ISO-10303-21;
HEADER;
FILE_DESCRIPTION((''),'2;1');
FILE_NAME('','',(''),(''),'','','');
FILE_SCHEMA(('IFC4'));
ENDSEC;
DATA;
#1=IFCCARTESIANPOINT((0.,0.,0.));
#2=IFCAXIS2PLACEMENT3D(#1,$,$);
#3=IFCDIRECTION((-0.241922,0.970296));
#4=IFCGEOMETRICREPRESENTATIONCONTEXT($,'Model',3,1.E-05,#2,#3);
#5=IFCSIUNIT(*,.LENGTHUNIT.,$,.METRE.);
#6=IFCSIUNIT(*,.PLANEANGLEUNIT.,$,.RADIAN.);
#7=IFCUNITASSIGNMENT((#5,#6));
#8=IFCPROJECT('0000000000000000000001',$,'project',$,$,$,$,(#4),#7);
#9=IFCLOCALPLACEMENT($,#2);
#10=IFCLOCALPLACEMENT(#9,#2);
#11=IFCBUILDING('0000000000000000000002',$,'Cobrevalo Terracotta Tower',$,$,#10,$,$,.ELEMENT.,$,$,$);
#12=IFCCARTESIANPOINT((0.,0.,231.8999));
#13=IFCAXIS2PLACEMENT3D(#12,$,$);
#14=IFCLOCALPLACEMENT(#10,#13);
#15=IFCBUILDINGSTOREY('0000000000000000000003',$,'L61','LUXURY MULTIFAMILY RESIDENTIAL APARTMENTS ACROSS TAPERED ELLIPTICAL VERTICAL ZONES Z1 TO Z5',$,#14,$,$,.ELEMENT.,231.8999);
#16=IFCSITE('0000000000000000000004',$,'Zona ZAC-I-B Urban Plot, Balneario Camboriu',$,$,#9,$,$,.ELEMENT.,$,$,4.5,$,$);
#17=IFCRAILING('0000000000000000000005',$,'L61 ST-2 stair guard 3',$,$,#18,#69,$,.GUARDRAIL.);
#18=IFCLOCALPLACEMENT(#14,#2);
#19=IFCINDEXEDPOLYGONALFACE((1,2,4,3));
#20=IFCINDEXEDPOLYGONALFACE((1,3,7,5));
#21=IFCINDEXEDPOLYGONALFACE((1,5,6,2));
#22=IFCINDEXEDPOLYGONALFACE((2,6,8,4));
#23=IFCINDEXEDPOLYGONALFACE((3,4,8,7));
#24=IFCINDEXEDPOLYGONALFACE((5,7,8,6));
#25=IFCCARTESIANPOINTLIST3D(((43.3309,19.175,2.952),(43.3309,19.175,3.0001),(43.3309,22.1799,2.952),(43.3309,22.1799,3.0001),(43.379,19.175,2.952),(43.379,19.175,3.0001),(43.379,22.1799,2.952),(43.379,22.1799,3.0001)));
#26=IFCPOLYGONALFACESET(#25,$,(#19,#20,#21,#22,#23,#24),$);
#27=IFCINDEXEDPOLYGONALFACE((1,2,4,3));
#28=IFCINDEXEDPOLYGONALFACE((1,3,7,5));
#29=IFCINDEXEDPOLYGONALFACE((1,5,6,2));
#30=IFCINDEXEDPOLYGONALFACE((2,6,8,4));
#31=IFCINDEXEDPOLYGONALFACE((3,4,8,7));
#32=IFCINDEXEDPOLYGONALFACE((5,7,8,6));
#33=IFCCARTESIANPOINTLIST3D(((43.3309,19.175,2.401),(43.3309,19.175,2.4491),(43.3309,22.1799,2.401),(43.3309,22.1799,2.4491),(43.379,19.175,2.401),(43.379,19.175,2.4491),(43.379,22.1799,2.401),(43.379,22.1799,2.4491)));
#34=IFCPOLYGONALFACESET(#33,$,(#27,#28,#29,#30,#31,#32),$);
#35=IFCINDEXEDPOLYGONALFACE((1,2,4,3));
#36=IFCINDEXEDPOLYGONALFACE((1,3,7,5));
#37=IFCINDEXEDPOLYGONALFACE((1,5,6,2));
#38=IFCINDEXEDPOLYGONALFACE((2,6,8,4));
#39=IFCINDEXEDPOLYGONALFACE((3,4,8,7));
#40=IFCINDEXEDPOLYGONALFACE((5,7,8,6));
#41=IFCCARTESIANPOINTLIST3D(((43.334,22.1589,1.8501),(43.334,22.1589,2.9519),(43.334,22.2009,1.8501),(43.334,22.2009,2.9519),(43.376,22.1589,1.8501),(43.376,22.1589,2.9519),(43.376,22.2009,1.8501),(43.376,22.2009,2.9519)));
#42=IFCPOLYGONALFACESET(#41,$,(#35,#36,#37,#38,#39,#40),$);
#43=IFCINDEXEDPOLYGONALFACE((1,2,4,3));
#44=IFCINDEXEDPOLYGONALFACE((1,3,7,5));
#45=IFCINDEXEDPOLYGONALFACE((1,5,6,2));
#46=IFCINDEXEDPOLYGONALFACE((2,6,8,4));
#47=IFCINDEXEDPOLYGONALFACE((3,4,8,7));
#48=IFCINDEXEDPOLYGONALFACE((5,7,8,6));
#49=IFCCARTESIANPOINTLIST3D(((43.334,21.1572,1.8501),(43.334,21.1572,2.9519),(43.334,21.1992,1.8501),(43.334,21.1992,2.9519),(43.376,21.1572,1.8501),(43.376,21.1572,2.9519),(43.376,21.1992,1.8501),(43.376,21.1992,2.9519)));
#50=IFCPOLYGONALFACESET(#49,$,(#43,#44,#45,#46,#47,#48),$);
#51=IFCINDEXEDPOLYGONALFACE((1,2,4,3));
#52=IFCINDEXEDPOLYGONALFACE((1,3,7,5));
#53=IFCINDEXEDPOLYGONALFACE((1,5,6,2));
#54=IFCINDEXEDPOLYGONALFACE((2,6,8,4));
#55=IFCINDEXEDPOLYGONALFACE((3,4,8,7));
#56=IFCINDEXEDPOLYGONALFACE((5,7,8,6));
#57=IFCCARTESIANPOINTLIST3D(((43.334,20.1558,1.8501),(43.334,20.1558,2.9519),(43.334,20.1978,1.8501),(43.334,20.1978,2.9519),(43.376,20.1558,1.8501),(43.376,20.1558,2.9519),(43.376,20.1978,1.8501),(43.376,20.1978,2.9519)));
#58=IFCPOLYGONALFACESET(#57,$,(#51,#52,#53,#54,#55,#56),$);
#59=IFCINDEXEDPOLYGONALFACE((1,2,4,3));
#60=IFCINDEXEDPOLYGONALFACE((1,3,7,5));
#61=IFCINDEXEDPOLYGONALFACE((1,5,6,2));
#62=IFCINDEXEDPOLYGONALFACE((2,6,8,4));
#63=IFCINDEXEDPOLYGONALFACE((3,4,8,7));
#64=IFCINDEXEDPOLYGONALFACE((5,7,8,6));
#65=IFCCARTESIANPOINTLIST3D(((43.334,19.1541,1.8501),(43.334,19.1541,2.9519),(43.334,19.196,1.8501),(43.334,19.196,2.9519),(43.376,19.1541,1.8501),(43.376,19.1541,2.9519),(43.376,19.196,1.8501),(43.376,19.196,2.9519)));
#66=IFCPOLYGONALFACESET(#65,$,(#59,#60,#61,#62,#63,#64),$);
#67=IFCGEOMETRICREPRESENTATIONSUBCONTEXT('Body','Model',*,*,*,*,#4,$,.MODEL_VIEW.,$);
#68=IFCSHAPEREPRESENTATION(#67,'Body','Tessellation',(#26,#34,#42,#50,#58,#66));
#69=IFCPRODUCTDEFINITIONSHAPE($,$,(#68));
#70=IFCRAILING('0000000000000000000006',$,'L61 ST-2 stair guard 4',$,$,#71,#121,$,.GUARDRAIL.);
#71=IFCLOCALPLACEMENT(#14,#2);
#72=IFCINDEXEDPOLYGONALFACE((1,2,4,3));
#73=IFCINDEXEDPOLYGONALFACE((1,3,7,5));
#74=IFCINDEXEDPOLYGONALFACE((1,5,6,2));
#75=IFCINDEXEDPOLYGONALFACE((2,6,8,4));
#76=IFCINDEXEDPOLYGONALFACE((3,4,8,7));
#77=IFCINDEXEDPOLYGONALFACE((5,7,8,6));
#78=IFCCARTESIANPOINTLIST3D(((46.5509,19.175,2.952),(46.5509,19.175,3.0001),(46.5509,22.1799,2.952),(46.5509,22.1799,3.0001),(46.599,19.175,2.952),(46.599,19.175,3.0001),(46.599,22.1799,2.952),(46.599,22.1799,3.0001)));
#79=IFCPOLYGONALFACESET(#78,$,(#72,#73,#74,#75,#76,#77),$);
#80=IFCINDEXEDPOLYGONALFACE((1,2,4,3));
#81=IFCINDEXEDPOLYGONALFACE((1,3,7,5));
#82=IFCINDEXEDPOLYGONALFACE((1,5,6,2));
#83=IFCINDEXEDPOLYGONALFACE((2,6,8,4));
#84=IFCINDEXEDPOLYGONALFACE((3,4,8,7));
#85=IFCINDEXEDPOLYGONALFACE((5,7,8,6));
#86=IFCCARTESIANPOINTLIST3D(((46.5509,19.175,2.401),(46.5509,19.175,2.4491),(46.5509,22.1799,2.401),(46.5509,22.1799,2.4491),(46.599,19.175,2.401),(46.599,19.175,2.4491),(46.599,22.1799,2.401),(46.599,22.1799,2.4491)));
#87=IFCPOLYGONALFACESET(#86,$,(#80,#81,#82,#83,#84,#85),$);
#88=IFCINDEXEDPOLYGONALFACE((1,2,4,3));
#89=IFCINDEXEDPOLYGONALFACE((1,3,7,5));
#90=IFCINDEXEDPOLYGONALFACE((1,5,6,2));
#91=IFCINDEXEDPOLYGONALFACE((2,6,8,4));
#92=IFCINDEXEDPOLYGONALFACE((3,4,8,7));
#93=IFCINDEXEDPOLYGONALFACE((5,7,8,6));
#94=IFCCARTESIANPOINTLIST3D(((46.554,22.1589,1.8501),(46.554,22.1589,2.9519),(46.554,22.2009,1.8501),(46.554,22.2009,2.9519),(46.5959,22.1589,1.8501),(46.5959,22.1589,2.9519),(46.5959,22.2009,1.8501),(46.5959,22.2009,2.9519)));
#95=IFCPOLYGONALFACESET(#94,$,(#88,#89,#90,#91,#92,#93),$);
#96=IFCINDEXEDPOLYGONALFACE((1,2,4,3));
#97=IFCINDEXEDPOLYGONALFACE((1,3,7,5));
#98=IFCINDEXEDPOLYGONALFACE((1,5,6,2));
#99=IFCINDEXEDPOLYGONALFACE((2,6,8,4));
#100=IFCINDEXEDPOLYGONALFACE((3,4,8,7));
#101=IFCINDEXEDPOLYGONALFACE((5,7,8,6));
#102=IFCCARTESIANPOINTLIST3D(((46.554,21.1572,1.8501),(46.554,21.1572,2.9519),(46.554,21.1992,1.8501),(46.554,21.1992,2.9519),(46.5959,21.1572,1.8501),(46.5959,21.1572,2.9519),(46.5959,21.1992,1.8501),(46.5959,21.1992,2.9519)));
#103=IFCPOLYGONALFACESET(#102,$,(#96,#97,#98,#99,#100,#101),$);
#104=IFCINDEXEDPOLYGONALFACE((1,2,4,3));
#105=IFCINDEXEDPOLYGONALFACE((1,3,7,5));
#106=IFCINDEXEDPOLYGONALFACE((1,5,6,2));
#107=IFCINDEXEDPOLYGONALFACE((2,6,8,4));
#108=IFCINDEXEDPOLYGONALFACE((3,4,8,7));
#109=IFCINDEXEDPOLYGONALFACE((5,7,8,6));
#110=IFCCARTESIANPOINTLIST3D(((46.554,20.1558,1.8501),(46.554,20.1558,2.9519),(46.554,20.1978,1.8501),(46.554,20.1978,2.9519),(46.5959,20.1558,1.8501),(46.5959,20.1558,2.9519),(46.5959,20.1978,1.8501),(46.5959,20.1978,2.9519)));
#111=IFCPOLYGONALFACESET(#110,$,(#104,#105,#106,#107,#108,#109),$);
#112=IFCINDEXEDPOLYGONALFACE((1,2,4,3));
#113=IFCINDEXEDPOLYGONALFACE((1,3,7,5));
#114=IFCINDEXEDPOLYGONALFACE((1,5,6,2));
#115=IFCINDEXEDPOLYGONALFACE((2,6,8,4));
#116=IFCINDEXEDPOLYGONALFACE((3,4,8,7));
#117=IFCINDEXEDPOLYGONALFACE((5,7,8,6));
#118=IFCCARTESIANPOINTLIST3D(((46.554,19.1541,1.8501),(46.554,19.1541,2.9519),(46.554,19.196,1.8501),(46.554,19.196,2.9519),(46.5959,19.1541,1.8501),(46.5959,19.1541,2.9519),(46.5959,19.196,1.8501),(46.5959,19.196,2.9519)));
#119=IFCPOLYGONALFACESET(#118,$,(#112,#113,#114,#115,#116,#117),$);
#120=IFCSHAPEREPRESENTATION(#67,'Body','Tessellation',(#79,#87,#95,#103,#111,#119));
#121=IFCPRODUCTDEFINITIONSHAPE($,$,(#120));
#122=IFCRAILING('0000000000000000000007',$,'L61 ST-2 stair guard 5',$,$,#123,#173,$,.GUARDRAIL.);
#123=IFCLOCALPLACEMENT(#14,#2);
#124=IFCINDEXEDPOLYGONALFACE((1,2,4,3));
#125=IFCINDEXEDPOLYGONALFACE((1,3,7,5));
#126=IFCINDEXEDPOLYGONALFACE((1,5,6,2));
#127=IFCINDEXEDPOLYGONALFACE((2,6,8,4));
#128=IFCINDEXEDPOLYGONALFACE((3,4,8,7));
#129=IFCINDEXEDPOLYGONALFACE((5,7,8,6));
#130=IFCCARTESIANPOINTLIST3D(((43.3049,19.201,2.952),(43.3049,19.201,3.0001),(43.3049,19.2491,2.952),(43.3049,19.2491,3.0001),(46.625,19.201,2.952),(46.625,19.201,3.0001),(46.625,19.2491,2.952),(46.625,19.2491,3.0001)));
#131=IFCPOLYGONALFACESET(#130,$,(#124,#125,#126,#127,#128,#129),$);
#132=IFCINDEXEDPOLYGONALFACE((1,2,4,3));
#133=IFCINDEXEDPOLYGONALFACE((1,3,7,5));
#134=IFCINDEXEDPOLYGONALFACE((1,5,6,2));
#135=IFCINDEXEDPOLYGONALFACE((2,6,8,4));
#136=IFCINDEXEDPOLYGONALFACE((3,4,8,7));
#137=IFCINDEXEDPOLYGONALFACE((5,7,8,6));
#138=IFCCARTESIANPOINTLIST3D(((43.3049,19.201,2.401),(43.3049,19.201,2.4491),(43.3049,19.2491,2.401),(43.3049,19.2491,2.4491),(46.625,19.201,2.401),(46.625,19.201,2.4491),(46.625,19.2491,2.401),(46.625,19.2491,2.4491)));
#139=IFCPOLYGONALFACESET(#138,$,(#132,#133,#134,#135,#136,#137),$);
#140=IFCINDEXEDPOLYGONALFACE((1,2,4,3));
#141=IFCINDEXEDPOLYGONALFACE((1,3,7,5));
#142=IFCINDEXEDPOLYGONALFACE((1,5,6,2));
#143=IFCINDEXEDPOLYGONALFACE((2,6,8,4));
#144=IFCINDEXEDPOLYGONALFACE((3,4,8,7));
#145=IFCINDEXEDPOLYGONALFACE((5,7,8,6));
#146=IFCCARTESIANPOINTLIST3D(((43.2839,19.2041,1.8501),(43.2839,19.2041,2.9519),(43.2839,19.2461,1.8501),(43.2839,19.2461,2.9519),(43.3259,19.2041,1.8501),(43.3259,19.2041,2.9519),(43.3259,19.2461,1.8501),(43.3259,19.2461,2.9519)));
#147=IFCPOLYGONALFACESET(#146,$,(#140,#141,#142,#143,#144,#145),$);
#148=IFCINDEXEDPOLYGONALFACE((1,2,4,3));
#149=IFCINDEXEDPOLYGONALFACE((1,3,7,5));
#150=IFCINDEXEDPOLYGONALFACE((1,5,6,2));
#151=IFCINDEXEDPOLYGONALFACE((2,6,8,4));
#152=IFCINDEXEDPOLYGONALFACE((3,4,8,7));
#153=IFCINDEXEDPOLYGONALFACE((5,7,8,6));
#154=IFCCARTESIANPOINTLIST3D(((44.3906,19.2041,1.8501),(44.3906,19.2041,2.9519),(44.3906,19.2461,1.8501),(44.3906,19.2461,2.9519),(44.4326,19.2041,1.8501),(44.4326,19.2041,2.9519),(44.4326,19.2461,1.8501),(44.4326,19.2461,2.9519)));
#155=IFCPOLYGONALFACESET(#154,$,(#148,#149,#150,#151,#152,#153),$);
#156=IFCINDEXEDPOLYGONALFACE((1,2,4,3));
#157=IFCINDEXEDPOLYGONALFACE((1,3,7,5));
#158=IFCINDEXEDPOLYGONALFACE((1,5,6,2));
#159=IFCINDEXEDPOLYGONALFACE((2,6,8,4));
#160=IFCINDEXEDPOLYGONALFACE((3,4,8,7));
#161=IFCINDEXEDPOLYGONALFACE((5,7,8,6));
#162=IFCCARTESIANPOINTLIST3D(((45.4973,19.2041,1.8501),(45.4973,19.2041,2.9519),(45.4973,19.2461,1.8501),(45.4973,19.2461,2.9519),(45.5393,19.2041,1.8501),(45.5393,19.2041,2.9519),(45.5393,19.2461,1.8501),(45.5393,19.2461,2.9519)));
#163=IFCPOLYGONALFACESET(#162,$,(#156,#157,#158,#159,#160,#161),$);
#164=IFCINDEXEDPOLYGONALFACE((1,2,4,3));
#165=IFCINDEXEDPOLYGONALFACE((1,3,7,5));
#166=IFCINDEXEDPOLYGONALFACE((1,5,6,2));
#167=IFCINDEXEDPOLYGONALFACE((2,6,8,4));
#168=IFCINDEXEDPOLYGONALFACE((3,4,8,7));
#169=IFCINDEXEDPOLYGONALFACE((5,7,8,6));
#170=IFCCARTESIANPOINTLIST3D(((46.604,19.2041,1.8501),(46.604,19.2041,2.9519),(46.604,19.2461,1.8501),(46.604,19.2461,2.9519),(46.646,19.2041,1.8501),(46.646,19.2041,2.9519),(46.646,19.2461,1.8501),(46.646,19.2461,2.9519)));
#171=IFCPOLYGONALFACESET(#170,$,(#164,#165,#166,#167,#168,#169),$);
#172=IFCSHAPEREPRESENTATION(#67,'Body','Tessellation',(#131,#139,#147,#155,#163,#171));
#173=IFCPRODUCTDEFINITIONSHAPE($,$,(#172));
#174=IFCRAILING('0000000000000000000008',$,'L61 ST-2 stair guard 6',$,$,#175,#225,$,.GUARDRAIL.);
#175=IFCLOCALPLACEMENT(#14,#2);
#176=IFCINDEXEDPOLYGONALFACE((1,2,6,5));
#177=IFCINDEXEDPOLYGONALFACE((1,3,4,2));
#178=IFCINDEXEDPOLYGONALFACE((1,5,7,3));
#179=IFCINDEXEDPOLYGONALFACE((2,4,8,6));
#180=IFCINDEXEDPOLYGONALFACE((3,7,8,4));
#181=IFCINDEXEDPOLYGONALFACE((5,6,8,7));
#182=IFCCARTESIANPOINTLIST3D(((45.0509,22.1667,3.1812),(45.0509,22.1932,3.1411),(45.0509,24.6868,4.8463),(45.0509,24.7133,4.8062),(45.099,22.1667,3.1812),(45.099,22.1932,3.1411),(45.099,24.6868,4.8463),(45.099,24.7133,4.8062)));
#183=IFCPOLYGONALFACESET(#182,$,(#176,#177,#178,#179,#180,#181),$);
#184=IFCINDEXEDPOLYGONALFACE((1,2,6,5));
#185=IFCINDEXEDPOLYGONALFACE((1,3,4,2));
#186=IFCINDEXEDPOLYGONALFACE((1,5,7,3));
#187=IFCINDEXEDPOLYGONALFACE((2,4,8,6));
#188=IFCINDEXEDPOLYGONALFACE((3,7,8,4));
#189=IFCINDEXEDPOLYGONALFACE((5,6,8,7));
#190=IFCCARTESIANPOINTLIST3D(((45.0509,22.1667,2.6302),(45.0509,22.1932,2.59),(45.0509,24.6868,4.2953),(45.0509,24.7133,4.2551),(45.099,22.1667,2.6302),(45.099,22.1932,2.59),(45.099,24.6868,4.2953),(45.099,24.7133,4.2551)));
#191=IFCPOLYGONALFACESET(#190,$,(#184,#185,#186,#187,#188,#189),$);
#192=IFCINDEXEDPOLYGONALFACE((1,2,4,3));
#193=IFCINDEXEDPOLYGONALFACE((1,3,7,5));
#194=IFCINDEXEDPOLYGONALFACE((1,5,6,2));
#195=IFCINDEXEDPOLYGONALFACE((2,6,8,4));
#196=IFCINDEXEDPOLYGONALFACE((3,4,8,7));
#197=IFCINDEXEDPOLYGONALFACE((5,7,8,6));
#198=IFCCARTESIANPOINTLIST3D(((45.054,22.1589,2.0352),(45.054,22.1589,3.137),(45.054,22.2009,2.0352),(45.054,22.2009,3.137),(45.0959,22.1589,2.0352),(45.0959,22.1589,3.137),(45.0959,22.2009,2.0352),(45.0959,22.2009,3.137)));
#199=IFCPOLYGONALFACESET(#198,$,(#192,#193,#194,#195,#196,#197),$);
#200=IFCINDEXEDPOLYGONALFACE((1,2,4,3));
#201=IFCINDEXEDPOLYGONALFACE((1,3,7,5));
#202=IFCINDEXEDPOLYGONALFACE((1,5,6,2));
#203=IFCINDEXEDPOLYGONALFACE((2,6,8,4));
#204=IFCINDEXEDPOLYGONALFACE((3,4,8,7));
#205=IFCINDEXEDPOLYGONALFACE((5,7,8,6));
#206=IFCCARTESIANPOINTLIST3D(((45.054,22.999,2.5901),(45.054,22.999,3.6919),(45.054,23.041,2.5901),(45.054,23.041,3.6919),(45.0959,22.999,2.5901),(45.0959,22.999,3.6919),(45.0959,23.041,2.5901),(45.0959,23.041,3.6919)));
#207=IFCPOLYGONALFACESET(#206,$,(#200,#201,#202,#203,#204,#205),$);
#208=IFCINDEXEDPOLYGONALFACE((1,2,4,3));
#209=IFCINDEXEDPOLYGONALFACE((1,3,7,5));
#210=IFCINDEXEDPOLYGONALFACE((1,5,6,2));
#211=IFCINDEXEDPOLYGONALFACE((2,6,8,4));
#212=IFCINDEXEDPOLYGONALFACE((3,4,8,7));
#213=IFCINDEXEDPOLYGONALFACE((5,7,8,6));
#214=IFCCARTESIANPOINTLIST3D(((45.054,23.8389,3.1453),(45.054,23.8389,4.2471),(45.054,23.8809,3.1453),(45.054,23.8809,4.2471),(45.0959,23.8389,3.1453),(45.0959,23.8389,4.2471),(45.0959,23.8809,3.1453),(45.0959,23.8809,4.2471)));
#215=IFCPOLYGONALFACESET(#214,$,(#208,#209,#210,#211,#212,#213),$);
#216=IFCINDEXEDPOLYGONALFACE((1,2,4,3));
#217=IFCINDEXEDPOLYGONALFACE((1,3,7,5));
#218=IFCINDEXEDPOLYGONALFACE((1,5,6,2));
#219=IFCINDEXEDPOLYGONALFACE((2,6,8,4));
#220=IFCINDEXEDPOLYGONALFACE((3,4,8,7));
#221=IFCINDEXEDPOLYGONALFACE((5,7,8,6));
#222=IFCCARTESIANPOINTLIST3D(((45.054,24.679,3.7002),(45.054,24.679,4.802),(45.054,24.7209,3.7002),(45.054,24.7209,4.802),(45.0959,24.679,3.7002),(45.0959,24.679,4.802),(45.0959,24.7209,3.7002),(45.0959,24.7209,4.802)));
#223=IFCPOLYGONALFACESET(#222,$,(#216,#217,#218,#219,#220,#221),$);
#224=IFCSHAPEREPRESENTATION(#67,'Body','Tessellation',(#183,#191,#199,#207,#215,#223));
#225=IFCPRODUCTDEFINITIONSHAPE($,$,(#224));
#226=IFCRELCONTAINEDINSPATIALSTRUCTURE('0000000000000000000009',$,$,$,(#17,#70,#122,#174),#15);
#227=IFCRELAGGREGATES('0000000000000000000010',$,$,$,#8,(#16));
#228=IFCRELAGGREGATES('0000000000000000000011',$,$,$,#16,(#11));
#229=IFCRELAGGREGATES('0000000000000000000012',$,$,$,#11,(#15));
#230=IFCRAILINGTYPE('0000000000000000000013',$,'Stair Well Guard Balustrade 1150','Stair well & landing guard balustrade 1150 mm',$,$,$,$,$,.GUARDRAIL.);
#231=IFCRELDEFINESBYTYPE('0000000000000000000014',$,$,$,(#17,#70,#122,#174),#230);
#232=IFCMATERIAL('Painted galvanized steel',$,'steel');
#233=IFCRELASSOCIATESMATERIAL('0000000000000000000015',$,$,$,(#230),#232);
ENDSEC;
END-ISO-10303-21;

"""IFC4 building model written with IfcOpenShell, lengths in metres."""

from ifc_helpers import new_model, si_unit, direction, frame, origin, origin_2d, place, context, subcontext, project, spatial, rectangle, extrude, material, type_object, element, save


model = new_model("IFC4")

# Units and contexts
model_context = context("Model", 3, precision=1e-05, world=origin(), true_north=direction((-0.241922, 0.970296)))
body_context = subcontext(model_context, "Body", "Model", "MODEL_VIEW")
ifc_project = project(units=[si_unit("LENGTHUNIT", "METRE"), si_unit("PLANEANGLEUNIT", "RADIAN")], contexts=[model_context])

# Site, building, storey
site_placement = place(None, origin())
site = spatial("IfcSite", under=ifc_project, at=site_placement, Name="Zona ZAC-I-B Urban Plot, Balneario Camboriu", CompositionType="ELEMENT", RefElevation=4.5)
building_placement = place(site_placement, origin())
building = spatial("IfcBuilding", under=site, at=building_placement, Name="Cobrevalo Terracotta Tower", CompositionType="ELEMENT")
storey_placement = place(building_placement, frame((0.0, 0.0, 231.8999)))
storey = spatial("IfcBuildingStorey", under=building, at=storey_placement, Name="L61", Description="LUXURY MULTIFAMILY RESIDENTIAL APARTMENTS ACROSS TAPERED ELLIPTICAL VERTICAL ZONES Z1 TO Z5", CompositionType="ELEMENT", Elevation=231.8999)

# Railings
ifc_material_1 = material(Name="Painted galvanized steel", Category="steel")
railing_type_1 = type_object("IfcRailingType", Name="Stair Well Guard Balustrade 1150", Description="Stair well & landing guard balustrade 1150 mm", PredefinedType="GUARDRAIL", material=ifc_material_1)
for number, where, name in (
    (1, (43.355, 22.1799, 1.8501), "L61 ST-2 stair guard 3"),
    (2, (46.575, 22.1799, 1.8501), "L61 ST-2 stair guard 4"),
):
    element("IfcRailing", number, at=place(storey_placement, frame(where)), inside=storey, type_object=railing_type_1, Name=name, PredefinedType="GUARDRAIL", context=body_context, shape_type="SweptSolid", body=[
        extrude(rectangle(XDim=0.0481, YDim=0.0481, at=origin_2d()), frame((0.0, 0.0, 1.126), z_axis=(0.0, -1.0, 0.0), x_axis=(1.0, 0.0, 0.0)), (0.0, 0.0, 1.0), 3.0049),
        extrude(rectangle(XDim=0.0481, YDim=0.0481, at=origin_2d()), frame((0.0, 0.0, 0.575), z_axis=(0.0, -1.0, 0.0), x_axis=(1.0, 0.0, 0.0)), (0.0, 0.0, 1.0), 3.0049),
        extrude(rectangle(XDim=0.042, YDim=0.042, at=origin_2d()), origin(), (0.0, 0.0, 1.0), 1.1018),
        extrude(rectangle(XDim=0.042, YDim=0.042, at=origin_2d()), frame((0.0, -1.0017, 0.0)), (0.0, 0.0, 1.0), 1.1018),
        extrude(rectangle(XDim=0.042, YDim=0.042, at=origin_2d()), frame((0.0, -2.0032, 0.0)), (0.0, 0.0, 1.0), 1.1018),
        extrude(rectangle(XDim=0.042, YDim=0.042, at=origin_2d()), frame((0.0, -3.0049, 0.0)), (0.0, 0.0, 1.0), 1.1018),
    ])
railing_1_placement = place(storey_placement, frame((43.3049, 19.2251, 1.8501)))
element("IfcRailing", 3, at=railing_1_placement, inside=storey, type_object=railing_type_1, Name="L61 ST-2 stair guard 5", PredefinedType="GUARDRAIL", context=body_context, shape_type="SweptSolid", body=[
    extrude(rectangle(XDim=0.0481, YDim=0.0481, at=origin_2d()), frame((0.0, 0.0, 1.126), z_axis=(1.0, 0.0, 0.0), x_axis=(0.0, 1.0, 0.0)), (0.0, 0.0, 1.0), 3.3201),
    extrude(rectangle(XDim=0.0481, YDim=0.0481, at=origin_2d()), frame((0.0, 0.0, 0.575), z_axis=(1.0, 0.0, 0.0), x_axis=(0.0, 1.0, 0.0)), (0.0, 0.0, 1.0), 3.3201),
    extrude(rectangle(XDim=0.042, YDim=0.042, at=origin_2d()), origin(), (0.0, 0.0, 1.0), 1.1018),
    extrude(rectangle(XDim=0.042, YDim=0.042, at=origin_2d()), frame((1.1067, 0.0, 0.0)), (0.0, 0.0, 1.0), 1.1018),
    extrude(rectangle(XDim=0.042, YDim=0.042, at=origin_2d()), frame((2.2134, 0.0, 0.0)), (0.0, 0.0, 1.0), 1.1018),
    extrude(rectangle(XDim=0.042, YDim=0.042, at=origin_2d()), frame((3.3201, 0.0, 0.0)), (0.0, 0.0, 1.0), 1.1018),
])
railing_2_placement = place(storey_placement, frame((45.075, 22.1799, 2.0352)))
element("IfcRailing", 4, at=railing_2_placement, inside=storey, type_object=railing_type_1, Name="L61 ST-2 stair guard 6", PredefinedType="GUARDRAIL", context=body_context, shape_type="SweptSolid", body=[
    extrude(rectangle(XDim=0.0481, YDim=0.0481, at=origin_2d()), frame((0.0, 0.0, 1.126), z_axis=(0.0, 0.834331, 0.551263), x_axis=(-1.0, 0.0, 0.0)), (0.0, 0.0, 1.0), 3.0205),
    extrude(rectangle(XDim=0.0481, YDim=0.0481, at=origin_2d()), frame((0.0, 0.0, 0.575), z_axis=(0.0, 0.834331, 0.551263), x_axis=(-1.0, 0.0, 0.0)), (0.0, 0.0, 1.0), 3.0205),
    extrude(rectangle(XDim=0.042, YDim=0.042, at=origin_2d()), origin(), (0.0, 0.0, 1.0), 1.1018),
    extrude(rectangle(XDim=0.042, YDim=0.042, at=origin_2d()), frame((0.0, 0.8401, 0.5549)), (0.0, 0.0, 1.0), 1.1018),
    extrude(rectangle(XDim=0.042, YDim=0.042, at=origin_2d()), frame((0.0, 1.6799, 1.1101)), (0.0, 0.0, 1.0), 1.1018),
    extrude(rectangle(XDim=0.042, YDim=0.042, at=origin_2d()), frame((0.0, 2.52, 1.665)), (0.0, 0.0, 1.0), 1.1018),
])

save(model, "model.ifc")
